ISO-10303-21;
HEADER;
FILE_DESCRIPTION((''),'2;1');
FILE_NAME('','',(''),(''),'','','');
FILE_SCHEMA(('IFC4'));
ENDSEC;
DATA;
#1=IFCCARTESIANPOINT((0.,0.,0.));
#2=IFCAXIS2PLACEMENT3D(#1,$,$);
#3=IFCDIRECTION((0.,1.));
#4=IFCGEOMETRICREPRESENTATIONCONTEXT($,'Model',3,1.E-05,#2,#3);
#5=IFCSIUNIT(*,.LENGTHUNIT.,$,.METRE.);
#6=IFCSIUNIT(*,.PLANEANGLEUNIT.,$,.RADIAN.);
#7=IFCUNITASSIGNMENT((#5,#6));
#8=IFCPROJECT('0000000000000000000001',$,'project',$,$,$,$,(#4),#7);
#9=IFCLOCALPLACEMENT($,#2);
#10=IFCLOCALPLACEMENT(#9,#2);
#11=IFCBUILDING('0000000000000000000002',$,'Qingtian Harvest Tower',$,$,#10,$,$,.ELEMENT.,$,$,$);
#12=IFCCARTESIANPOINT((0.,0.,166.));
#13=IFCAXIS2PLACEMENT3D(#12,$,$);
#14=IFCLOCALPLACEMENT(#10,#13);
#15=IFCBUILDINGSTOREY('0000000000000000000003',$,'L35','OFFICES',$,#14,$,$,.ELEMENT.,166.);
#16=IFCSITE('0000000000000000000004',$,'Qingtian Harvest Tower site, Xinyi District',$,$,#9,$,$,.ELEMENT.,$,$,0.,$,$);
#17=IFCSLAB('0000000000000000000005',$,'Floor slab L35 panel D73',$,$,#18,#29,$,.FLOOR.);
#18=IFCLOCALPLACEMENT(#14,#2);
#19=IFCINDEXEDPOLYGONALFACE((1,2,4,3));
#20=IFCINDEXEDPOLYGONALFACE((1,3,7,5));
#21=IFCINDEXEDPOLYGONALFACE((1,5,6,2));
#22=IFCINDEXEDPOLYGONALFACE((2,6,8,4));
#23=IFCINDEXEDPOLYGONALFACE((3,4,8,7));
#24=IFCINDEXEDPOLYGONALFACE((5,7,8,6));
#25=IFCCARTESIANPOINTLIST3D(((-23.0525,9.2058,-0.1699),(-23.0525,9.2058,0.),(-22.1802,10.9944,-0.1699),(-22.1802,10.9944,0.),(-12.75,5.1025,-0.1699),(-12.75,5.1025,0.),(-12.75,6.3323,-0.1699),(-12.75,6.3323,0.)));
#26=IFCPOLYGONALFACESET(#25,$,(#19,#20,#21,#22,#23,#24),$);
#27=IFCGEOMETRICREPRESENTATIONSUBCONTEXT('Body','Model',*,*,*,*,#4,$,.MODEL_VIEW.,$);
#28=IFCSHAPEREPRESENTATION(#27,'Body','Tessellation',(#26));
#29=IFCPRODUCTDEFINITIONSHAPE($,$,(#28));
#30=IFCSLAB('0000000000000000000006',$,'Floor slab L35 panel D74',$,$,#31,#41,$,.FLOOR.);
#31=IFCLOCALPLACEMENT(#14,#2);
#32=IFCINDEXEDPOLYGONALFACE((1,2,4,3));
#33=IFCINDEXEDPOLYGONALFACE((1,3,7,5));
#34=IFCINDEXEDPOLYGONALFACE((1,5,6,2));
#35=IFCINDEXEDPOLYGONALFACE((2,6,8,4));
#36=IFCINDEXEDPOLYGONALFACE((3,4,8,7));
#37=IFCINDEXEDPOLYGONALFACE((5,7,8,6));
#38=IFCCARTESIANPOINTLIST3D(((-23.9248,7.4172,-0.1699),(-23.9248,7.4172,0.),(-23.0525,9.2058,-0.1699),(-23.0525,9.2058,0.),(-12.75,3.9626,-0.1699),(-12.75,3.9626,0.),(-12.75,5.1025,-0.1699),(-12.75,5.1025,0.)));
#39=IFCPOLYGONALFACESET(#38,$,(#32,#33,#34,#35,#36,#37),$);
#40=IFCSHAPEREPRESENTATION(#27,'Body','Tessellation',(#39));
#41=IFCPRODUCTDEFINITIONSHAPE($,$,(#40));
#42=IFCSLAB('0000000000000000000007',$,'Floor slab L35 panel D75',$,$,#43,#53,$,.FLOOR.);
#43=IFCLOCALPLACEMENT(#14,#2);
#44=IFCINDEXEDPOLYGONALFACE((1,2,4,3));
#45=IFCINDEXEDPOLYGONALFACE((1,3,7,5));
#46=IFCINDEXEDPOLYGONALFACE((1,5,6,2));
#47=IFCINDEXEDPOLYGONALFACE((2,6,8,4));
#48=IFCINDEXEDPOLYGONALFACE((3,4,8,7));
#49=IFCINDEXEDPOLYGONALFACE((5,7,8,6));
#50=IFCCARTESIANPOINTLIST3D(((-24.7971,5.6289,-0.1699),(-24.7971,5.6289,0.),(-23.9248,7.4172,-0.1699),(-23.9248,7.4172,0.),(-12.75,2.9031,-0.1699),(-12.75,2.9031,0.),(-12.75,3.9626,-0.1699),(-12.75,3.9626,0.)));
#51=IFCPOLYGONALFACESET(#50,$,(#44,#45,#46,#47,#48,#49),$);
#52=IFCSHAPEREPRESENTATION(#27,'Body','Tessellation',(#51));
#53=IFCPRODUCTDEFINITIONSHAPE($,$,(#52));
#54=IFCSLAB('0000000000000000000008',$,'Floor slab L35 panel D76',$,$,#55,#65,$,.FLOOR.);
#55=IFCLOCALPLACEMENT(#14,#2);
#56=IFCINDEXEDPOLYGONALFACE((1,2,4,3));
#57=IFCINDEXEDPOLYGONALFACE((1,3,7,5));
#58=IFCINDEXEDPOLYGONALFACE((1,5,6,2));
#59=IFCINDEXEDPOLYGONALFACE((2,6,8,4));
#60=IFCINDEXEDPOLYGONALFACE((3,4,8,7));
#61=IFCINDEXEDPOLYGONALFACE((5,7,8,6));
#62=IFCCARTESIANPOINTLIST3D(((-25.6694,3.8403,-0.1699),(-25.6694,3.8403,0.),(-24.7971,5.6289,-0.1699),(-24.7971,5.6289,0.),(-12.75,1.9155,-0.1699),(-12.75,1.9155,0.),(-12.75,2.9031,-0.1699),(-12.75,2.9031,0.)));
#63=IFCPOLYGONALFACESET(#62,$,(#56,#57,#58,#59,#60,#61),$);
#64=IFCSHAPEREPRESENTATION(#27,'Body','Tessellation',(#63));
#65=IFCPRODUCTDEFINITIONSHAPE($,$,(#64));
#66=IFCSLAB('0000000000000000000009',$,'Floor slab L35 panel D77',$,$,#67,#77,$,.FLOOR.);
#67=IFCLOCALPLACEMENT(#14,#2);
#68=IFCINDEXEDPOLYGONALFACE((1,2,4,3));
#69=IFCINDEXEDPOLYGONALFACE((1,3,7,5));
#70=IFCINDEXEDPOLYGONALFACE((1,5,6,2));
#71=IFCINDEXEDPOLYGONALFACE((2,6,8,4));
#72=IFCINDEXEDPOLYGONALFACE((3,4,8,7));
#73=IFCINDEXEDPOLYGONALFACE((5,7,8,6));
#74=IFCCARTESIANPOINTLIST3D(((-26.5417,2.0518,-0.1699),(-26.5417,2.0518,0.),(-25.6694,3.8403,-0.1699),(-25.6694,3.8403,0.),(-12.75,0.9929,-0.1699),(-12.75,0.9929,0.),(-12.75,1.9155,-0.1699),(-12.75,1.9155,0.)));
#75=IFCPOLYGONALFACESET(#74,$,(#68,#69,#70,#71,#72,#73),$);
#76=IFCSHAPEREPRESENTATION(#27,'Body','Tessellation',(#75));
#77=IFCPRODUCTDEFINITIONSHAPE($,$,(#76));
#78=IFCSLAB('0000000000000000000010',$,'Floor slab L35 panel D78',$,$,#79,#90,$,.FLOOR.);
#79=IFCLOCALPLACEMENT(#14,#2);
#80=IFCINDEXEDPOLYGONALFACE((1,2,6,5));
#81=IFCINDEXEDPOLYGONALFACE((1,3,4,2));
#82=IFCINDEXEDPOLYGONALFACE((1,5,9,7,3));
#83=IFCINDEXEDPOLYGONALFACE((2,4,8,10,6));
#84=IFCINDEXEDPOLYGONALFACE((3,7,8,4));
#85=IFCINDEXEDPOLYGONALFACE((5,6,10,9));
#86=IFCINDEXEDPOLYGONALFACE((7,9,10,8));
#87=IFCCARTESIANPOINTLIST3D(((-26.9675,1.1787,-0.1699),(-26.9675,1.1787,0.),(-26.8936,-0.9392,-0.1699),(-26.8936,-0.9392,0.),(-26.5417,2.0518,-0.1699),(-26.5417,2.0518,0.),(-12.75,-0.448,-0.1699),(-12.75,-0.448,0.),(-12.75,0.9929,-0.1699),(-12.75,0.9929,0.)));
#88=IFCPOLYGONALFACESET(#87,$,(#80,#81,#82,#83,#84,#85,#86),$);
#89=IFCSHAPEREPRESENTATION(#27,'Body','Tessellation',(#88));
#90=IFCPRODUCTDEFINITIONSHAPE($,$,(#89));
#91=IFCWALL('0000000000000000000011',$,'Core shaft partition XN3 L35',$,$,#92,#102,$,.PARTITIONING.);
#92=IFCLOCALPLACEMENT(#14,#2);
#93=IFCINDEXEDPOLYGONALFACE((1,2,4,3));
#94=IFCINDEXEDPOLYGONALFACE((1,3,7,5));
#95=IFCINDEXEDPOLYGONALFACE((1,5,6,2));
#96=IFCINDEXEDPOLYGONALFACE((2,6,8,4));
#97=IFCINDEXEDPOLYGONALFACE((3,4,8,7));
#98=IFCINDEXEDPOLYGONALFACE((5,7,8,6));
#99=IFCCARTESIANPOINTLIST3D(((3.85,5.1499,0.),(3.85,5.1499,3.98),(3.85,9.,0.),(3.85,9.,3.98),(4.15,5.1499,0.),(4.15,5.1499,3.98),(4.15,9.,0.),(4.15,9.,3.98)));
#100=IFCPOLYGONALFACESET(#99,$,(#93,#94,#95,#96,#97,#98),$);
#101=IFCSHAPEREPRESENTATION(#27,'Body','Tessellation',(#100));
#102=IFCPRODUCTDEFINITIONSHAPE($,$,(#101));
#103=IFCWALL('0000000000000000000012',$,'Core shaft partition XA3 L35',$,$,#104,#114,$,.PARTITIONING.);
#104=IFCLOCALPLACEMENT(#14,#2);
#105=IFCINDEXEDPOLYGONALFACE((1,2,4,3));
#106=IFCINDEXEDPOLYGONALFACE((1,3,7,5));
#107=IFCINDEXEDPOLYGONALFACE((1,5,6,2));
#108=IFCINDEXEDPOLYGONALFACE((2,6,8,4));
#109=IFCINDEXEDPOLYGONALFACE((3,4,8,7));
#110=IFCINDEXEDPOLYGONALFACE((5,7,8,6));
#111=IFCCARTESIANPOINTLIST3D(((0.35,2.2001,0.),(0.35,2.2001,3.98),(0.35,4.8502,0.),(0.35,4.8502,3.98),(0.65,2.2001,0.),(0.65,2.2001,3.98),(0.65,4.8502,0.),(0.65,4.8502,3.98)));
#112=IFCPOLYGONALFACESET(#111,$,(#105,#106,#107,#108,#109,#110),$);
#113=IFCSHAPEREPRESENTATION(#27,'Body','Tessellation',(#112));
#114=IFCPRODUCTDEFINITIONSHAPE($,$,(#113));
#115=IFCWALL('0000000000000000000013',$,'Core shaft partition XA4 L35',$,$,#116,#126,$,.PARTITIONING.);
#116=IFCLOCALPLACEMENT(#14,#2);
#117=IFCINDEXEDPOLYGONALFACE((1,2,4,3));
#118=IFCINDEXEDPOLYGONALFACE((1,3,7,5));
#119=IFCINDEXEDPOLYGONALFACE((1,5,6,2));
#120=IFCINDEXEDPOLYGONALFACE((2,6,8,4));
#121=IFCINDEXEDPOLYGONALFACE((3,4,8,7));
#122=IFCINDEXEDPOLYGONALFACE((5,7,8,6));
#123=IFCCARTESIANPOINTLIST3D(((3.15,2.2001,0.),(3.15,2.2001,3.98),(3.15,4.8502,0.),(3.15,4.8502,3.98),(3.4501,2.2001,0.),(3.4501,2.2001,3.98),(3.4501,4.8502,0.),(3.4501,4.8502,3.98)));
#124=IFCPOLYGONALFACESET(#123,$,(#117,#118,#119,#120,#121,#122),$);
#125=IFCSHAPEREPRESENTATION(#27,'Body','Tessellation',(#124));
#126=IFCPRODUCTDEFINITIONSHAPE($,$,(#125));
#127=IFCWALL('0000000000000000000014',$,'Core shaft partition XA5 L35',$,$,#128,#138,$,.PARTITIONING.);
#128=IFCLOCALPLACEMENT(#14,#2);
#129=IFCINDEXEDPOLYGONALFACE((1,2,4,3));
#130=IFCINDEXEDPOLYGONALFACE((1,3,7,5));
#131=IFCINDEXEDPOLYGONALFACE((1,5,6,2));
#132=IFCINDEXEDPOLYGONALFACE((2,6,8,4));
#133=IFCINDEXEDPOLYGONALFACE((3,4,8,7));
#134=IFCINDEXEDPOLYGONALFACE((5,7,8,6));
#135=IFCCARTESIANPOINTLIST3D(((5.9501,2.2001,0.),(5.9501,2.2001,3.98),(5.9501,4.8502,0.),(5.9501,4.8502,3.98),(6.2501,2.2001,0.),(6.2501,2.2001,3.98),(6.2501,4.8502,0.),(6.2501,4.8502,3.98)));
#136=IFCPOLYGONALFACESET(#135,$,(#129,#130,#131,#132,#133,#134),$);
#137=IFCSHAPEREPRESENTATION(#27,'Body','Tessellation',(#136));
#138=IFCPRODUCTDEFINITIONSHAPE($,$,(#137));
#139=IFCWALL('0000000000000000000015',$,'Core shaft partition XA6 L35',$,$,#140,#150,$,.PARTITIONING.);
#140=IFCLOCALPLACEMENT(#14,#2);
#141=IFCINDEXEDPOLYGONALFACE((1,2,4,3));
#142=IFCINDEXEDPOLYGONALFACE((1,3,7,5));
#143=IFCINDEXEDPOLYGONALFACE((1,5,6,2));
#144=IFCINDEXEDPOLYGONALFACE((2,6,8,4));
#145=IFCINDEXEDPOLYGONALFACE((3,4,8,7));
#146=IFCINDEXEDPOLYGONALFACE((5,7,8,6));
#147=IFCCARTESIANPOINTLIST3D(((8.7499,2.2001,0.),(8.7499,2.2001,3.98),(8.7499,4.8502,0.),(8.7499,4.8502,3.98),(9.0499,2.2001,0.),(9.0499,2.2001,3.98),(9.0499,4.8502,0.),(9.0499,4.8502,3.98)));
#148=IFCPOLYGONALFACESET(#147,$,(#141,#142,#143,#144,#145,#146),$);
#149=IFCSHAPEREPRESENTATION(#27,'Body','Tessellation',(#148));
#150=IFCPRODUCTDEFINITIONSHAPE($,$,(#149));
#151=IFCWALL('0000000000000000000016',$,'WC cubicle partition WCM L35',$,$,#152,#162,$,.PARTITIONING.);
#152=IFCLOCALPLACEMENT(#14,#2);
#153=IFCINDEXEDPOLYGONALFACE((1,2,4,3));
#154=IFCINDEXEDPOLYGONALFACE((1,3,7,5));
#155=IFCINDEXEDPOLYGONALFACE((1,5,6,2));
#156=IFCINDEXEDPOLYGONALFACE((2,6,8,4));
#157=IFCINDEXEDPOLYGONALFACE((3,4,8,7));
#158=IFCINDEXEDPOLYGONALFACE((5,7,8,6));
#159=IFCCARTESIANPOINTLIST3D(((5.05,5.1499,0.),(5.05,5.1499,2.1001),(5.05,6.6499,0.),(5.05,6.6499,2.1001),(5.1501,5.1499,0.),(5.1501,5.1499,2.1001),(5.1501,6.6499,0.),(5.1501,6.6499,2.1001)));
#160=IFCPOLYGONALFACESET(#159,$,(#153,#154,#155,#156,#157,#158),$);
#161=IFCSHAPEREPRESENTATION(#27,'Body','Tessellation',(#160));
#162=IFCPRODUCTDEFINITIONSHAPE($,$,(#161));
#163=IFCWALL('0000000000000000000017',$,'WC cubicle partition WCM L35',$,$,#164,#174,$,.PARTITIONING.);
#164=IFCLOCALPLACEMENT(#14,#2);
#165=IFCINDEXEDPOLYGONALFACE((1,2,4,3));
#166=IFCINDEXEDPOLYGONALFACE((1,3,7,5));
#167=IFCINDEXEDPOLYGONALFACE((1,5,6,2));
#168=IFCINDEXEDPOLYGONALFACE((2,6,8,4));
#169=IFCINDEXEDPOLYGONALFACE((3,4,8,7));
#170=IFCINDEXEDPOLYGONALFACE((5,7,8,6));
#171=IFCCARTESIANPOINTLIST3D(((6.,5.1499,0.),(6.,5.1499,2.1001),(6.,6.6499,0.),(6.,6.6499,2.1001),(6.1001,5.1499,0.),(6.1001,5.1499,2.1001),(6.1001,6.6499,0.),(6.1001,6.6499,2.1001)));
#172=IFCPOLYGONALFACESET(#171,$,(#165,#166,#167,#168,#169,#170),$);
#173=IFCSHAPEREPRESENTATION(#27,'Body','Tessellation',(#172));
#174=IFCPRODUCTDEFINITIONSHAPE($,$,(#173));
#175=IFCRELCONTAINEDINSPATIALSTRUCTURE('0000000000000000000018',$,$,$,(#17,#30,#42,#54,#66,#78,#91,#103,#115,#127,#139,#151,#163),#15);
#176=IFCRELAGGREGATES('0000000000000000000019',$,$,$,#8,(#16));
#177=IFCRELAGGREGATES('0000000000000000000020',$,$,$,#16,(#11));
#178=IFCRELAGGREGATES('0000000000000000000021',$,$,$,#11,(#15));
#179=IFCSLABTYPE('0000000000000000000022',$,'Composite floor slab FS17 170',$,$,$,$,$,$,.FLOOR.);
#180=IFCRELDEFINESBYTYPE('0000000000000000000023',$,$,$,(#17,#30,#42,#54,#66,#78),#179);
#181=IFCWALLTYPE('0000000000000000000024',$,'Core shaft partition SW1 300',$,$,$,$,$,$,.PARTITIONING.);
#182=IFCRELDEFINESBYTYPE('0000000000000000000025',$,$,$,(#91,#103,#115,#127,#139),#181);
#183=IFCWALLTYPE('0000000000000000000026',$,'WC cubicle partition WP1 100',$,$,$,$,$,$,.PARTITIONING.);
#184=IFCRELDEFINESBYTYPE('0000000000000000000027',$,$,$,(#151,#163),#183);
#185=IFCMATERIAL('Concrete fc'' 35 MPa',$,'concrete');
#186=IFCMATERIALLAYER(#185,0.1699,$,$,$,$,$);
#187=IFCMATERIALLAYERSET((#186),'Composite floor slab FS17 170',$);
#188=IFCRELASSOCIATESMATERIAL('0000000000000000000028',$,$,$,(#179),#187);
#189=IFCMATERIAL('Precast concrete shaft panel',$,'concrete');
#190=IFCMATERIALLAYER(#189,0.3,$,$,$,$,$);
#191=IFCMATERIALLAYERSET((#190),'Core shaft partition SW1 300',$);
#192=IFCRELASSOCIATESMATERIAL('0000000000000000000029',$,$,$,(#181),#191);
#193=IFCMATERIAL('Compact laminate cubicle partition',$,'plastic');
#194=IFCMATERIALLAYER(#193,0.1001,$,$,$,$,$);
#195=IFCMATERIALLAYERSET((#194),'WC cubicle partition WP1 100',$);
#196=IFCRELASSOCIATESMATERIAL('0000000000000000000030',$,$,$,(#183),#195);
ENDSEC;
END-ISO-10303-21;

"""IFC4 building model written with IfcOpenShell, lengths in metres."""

from ifc_helpers import new_model, si_unit, direction, frame, frame_2d, origin, place, context, subcontext, project, spatial, polyline, rectangle, outline, extrude, material, layer, layer_set, type_object, element, save


model = new_model("IFC4")

# Units and contexts
model_context = context("Model", 3, precision=1e-05, world=origin(), true_north=direction((0.0, 1.0)))
body_context = subcontext(model_context, "Body", "Model", "MODEL_VIEW")
ifc_project = project(units=[si_unit("LENGTHUNIT", "METRE"), si_unit("PLANEANGLEUNIT", "RADIAN")], contexts=[model_context])

# Site, building, storey
site_placement = place(None, origin())
site = spatial("IfcSite", under=ifc_project, at=site_placement, Name="Qingtian Harvest Tower site, Xinyi District", CompositionType="ELEMENT", RefElevation=0.0)
building_placement = place(site_placement, origin())
building = spatial("IfcBuilding", under=site, at=building_placement, Name="Qingtian Harvest Tower", CompositionType="ELEMENT")
storey_placement = place(building_placement, frame((0.0, 0.0, 166.0)))
storey = spatial("IfcBuildingStorey", under=building, at=storey_placement, Name="L35", Description="OFFICES", CompositionType="ELEMENT", Elevation=166.0)

# Slabs
ifc_material_1 = material(Name="Concrete fc' 35 MPa", Category="concrete")
ifc_layer_1 = layer(ifc_material_1, 0.1699)
ifc_layer_set_1 = layer_set([ifc_layer_1], Name="Composite floor slab FS17 170")
slab_type = type_object("IfcSlabType", Name="Composite floor slab FS17 170", PredefinedType="FLOOR", material=ifc_layer_set_1)
slab_1_placement = place(storey_placement, frame((0.0, 0.0, -0.1699)))
element("IfcSlab", 1, at=slab_1_placement, inside=storey, type_object=slab_type, Name="Floor slab L35 panel D73", PredefinedType="FLOOR", context=body_context, shape_type="SweptSolid", body=[
    extrude(outline(polyline([(-12.75, 5.1025), (-23.0525, 9.2058), (-22.1802, 10.9944), (-12.75, 6.3323), (-12.75, 5.1025)])), origin(), (0.0, 0.0, 1.0), 0.1699),
])
slab_2_placement = place(storey_placement, frame((0.0, 0.0, -0.1699)))
element("IfcSlab", 2, at=slab_2_placement, inside=storey, type_object=slab_type, Name="Floor slab L35 panel D74", PredefinedType="FLOOR", context=body_context, shape_type="SweptSolid", body=[
    extrude(outline(polyline([(-12.75, 3.9626), (-23.9248, 7.4172), (-23.0525, 9.2058), (-12.75, 5.1025), (-12.75, 3.9626)])), origin(), (0.0, 0.0, 1.0), 0.1699),
])
slab_3_placement = place(storey_placement, frame((0.0, 0.0, -0.1699)))
element("IfcSlab", 3, at=slab_3_placement, inside=storey, type_object=slab_type, Name="Floor slab L35 panel D75", PredefinedType="FLOOR", context=body_context, shape_type="SweptSolid", body=[
    extrude(outline(polyline([(-12.75, 2.9031), (-24.7971, 5.6289), (-23.9248, 7.4172), (-12.75, 3.9626), (-12.75, 2.9031)])), origin(), (0.0, 0.0, 1.0), 0.1699),
])
slab_4_placement = place(storey_placement, frame((0.0, 0.0, -0.1699)))
element("IfcSlab", 4, at=slab_4_placement, inside=storey, type_object=slab_type, Name="Floor slab L35 panel D76", PredefinedType="FLOOR", context=body_context, shape_type="SweptSolid", body=[
    extrude(outline(polyline([(-12.75, 1.9155), (-25.6694, 3.8403), (-24.7971, 5.6289), (-12.75, 2.9031), (-12.75, 1.9155)])), origin(), (0.0, 0.0, 1.0), 0.1699),
])
slab_5_placement = place(storey_placement, frame((0.0, 0.0, -0.1699)))
element("IfcSlab", 5, at=slab_5_placement, inside=storey, type_object=slab_type, Name="Floor slab L35 panel D77", PredefinedType="FLOOR", context=body_context, shape_type="SweptSolid", body=[
    extrude(outline(polyline([(-12.75, 0.9929), (-26.5417, 2.0518), (-25.6694, 3.8403), (-12.75, 1.9155), (-12.75, 0.9929)])), origin(), (0.0, 0.0, 1.0), 0.1699),
])
slab_6_placement = place(storey_placement, frame((0.0, 0.0, -0.1699)))
element("IfcSlab", 6, at=slab_6_placement, inside=storey, type_object=slab_type, Name="Floor slab L35 panel D78", PredefinedType="FLOOR", context=body_context, shape_type="SweptSolid", body=[
    extrude(outline(polyline([(-12.75, 0.9929), (-12.75, -0.448), (-26.8936, -0.9392), (-26.9675, 1.1787), (-26.5417, 2.0518), (-12.75, 0.9929)])), origin(), (0.0, 0.0, 1.0), 0.1699),
])

# Shared definitions
ifc_material_2 = material(Name="Precast concrete shaft panel", Category="concrete")
ifc_layer_2 = layer(ifc_material_2, 0.3)
ifc_layer_set_2 = layer_set([ifc_layer_2], Name="Core shaft partition SW1 300")
wall_type_1 = type_object("IfcWallType", Name="Core shaft partition SW1 300", PredefinedType="PARTITIONING", material=ifc_layer_set_2)

# Walls
wall_1_placement = place(storey_placement, frame((4.0, 5.1499, 0.0), z_axis=(0.0, 0.0, 1.0), x_axis=(0.0, 1.0, 0.0)))
element("IfcWall", 7, at=wall_1_placement, inside=storey, type_object=wall_type_1, Name="Core shaft partition XN3 L35", PredefinedType="PARTITIONING", context=body_context, shape_type="SweptSolid", body=[
    extrude(rectangle(XDim=3.8501, YDim=0.3, at=frame_2d((1.925, 0.0))), origin(), (0.0, 0.0, 1.0), 3.98),
])
for number, where, z_axis, x_axis, name in (
    (8, (0.5, 2.2, 0.0), (0.0, 0.0, 1.0), (0.0, 1.0, 0.0), "Core shaft partition XA3 L35"),
    (9, (3.3, 2.2, 0.0), (0.0, 0.0, 1.0), (0.0, 1.0, 0.0), "Core shaft partition XA4 L35"),
    (10, (6.1001, 2.2, 0.0), (0.0, 0.0, 1.0), (0.0, 1.0, 0.0), "Core shaft partition XA5 L35"),
    (11, (8.8999, 2.2, 0.0), (0.0, 0.0, 1.0), (0.0, 1.0, 0.0), "Core shaft partition XA6 L35"),
):
    element("IfcWall", number, at=place(storey_placement, frame(where, z_axis=z_axis, x_axis=x_axis)), inside=storey, type_object=wall_type_1, Name=name, PredefinedType="PARTITIONING", context=body_context, shape_type="SweptSolid", body=[
        extrude(rectangle(XDim=2.6501, YDim=0.3, at=frame_2d((1.3252, 0.0))), origin(), (0.0, 0.0, 1.0), 3.98),
    ])

# Walls
ifc_material_3 = material(Name="Compact laminate cubicle partition", Category="plastic")
ifc_layer_3 = layer(ifc_material_3, 0.1001)
ifc_layer_set_3 = layer_set([ifc_layer_3], Name="WC cubicle partition WP1 100")
wall_type_2 = type_object("IfcWallType", Name="WC cubicle partition WP1 100", PredefinedType="PARTITIONING", material=ifc_layer_set_3)
for number, where, z_axis, x_axis, name in (
    (12, (5.1001, 5.1499, 0.0), (0.0, 0.0, 1.0), (0.0, 1.0, 0.0), "WC cubicle partition WCM L35"),
    (13, (6.05, 5.1499, 0.0), (0.0, 0.0, 1.0), (0.0, 1.0, 0.0), "WC cubicle partition WCM L35"),
):
    element("IfcWall", number, at=place(storey_placement, frame(where, z_axis=z_axis, x_axis=x_axis)), inside=storey, type_object=wall_type_2, Name=name, PredefinedType="PARTITIONING", context=body_context, shape_type="SweptSolid", body=[
        extrude(rectangle(XDim=1.5, YDim=0.1001, at=frame_2d((0.75, 0.0))), origin(), (0.0, 0.0, 1.0), 2.1001),
    ])

save(model, "model.ifc")
